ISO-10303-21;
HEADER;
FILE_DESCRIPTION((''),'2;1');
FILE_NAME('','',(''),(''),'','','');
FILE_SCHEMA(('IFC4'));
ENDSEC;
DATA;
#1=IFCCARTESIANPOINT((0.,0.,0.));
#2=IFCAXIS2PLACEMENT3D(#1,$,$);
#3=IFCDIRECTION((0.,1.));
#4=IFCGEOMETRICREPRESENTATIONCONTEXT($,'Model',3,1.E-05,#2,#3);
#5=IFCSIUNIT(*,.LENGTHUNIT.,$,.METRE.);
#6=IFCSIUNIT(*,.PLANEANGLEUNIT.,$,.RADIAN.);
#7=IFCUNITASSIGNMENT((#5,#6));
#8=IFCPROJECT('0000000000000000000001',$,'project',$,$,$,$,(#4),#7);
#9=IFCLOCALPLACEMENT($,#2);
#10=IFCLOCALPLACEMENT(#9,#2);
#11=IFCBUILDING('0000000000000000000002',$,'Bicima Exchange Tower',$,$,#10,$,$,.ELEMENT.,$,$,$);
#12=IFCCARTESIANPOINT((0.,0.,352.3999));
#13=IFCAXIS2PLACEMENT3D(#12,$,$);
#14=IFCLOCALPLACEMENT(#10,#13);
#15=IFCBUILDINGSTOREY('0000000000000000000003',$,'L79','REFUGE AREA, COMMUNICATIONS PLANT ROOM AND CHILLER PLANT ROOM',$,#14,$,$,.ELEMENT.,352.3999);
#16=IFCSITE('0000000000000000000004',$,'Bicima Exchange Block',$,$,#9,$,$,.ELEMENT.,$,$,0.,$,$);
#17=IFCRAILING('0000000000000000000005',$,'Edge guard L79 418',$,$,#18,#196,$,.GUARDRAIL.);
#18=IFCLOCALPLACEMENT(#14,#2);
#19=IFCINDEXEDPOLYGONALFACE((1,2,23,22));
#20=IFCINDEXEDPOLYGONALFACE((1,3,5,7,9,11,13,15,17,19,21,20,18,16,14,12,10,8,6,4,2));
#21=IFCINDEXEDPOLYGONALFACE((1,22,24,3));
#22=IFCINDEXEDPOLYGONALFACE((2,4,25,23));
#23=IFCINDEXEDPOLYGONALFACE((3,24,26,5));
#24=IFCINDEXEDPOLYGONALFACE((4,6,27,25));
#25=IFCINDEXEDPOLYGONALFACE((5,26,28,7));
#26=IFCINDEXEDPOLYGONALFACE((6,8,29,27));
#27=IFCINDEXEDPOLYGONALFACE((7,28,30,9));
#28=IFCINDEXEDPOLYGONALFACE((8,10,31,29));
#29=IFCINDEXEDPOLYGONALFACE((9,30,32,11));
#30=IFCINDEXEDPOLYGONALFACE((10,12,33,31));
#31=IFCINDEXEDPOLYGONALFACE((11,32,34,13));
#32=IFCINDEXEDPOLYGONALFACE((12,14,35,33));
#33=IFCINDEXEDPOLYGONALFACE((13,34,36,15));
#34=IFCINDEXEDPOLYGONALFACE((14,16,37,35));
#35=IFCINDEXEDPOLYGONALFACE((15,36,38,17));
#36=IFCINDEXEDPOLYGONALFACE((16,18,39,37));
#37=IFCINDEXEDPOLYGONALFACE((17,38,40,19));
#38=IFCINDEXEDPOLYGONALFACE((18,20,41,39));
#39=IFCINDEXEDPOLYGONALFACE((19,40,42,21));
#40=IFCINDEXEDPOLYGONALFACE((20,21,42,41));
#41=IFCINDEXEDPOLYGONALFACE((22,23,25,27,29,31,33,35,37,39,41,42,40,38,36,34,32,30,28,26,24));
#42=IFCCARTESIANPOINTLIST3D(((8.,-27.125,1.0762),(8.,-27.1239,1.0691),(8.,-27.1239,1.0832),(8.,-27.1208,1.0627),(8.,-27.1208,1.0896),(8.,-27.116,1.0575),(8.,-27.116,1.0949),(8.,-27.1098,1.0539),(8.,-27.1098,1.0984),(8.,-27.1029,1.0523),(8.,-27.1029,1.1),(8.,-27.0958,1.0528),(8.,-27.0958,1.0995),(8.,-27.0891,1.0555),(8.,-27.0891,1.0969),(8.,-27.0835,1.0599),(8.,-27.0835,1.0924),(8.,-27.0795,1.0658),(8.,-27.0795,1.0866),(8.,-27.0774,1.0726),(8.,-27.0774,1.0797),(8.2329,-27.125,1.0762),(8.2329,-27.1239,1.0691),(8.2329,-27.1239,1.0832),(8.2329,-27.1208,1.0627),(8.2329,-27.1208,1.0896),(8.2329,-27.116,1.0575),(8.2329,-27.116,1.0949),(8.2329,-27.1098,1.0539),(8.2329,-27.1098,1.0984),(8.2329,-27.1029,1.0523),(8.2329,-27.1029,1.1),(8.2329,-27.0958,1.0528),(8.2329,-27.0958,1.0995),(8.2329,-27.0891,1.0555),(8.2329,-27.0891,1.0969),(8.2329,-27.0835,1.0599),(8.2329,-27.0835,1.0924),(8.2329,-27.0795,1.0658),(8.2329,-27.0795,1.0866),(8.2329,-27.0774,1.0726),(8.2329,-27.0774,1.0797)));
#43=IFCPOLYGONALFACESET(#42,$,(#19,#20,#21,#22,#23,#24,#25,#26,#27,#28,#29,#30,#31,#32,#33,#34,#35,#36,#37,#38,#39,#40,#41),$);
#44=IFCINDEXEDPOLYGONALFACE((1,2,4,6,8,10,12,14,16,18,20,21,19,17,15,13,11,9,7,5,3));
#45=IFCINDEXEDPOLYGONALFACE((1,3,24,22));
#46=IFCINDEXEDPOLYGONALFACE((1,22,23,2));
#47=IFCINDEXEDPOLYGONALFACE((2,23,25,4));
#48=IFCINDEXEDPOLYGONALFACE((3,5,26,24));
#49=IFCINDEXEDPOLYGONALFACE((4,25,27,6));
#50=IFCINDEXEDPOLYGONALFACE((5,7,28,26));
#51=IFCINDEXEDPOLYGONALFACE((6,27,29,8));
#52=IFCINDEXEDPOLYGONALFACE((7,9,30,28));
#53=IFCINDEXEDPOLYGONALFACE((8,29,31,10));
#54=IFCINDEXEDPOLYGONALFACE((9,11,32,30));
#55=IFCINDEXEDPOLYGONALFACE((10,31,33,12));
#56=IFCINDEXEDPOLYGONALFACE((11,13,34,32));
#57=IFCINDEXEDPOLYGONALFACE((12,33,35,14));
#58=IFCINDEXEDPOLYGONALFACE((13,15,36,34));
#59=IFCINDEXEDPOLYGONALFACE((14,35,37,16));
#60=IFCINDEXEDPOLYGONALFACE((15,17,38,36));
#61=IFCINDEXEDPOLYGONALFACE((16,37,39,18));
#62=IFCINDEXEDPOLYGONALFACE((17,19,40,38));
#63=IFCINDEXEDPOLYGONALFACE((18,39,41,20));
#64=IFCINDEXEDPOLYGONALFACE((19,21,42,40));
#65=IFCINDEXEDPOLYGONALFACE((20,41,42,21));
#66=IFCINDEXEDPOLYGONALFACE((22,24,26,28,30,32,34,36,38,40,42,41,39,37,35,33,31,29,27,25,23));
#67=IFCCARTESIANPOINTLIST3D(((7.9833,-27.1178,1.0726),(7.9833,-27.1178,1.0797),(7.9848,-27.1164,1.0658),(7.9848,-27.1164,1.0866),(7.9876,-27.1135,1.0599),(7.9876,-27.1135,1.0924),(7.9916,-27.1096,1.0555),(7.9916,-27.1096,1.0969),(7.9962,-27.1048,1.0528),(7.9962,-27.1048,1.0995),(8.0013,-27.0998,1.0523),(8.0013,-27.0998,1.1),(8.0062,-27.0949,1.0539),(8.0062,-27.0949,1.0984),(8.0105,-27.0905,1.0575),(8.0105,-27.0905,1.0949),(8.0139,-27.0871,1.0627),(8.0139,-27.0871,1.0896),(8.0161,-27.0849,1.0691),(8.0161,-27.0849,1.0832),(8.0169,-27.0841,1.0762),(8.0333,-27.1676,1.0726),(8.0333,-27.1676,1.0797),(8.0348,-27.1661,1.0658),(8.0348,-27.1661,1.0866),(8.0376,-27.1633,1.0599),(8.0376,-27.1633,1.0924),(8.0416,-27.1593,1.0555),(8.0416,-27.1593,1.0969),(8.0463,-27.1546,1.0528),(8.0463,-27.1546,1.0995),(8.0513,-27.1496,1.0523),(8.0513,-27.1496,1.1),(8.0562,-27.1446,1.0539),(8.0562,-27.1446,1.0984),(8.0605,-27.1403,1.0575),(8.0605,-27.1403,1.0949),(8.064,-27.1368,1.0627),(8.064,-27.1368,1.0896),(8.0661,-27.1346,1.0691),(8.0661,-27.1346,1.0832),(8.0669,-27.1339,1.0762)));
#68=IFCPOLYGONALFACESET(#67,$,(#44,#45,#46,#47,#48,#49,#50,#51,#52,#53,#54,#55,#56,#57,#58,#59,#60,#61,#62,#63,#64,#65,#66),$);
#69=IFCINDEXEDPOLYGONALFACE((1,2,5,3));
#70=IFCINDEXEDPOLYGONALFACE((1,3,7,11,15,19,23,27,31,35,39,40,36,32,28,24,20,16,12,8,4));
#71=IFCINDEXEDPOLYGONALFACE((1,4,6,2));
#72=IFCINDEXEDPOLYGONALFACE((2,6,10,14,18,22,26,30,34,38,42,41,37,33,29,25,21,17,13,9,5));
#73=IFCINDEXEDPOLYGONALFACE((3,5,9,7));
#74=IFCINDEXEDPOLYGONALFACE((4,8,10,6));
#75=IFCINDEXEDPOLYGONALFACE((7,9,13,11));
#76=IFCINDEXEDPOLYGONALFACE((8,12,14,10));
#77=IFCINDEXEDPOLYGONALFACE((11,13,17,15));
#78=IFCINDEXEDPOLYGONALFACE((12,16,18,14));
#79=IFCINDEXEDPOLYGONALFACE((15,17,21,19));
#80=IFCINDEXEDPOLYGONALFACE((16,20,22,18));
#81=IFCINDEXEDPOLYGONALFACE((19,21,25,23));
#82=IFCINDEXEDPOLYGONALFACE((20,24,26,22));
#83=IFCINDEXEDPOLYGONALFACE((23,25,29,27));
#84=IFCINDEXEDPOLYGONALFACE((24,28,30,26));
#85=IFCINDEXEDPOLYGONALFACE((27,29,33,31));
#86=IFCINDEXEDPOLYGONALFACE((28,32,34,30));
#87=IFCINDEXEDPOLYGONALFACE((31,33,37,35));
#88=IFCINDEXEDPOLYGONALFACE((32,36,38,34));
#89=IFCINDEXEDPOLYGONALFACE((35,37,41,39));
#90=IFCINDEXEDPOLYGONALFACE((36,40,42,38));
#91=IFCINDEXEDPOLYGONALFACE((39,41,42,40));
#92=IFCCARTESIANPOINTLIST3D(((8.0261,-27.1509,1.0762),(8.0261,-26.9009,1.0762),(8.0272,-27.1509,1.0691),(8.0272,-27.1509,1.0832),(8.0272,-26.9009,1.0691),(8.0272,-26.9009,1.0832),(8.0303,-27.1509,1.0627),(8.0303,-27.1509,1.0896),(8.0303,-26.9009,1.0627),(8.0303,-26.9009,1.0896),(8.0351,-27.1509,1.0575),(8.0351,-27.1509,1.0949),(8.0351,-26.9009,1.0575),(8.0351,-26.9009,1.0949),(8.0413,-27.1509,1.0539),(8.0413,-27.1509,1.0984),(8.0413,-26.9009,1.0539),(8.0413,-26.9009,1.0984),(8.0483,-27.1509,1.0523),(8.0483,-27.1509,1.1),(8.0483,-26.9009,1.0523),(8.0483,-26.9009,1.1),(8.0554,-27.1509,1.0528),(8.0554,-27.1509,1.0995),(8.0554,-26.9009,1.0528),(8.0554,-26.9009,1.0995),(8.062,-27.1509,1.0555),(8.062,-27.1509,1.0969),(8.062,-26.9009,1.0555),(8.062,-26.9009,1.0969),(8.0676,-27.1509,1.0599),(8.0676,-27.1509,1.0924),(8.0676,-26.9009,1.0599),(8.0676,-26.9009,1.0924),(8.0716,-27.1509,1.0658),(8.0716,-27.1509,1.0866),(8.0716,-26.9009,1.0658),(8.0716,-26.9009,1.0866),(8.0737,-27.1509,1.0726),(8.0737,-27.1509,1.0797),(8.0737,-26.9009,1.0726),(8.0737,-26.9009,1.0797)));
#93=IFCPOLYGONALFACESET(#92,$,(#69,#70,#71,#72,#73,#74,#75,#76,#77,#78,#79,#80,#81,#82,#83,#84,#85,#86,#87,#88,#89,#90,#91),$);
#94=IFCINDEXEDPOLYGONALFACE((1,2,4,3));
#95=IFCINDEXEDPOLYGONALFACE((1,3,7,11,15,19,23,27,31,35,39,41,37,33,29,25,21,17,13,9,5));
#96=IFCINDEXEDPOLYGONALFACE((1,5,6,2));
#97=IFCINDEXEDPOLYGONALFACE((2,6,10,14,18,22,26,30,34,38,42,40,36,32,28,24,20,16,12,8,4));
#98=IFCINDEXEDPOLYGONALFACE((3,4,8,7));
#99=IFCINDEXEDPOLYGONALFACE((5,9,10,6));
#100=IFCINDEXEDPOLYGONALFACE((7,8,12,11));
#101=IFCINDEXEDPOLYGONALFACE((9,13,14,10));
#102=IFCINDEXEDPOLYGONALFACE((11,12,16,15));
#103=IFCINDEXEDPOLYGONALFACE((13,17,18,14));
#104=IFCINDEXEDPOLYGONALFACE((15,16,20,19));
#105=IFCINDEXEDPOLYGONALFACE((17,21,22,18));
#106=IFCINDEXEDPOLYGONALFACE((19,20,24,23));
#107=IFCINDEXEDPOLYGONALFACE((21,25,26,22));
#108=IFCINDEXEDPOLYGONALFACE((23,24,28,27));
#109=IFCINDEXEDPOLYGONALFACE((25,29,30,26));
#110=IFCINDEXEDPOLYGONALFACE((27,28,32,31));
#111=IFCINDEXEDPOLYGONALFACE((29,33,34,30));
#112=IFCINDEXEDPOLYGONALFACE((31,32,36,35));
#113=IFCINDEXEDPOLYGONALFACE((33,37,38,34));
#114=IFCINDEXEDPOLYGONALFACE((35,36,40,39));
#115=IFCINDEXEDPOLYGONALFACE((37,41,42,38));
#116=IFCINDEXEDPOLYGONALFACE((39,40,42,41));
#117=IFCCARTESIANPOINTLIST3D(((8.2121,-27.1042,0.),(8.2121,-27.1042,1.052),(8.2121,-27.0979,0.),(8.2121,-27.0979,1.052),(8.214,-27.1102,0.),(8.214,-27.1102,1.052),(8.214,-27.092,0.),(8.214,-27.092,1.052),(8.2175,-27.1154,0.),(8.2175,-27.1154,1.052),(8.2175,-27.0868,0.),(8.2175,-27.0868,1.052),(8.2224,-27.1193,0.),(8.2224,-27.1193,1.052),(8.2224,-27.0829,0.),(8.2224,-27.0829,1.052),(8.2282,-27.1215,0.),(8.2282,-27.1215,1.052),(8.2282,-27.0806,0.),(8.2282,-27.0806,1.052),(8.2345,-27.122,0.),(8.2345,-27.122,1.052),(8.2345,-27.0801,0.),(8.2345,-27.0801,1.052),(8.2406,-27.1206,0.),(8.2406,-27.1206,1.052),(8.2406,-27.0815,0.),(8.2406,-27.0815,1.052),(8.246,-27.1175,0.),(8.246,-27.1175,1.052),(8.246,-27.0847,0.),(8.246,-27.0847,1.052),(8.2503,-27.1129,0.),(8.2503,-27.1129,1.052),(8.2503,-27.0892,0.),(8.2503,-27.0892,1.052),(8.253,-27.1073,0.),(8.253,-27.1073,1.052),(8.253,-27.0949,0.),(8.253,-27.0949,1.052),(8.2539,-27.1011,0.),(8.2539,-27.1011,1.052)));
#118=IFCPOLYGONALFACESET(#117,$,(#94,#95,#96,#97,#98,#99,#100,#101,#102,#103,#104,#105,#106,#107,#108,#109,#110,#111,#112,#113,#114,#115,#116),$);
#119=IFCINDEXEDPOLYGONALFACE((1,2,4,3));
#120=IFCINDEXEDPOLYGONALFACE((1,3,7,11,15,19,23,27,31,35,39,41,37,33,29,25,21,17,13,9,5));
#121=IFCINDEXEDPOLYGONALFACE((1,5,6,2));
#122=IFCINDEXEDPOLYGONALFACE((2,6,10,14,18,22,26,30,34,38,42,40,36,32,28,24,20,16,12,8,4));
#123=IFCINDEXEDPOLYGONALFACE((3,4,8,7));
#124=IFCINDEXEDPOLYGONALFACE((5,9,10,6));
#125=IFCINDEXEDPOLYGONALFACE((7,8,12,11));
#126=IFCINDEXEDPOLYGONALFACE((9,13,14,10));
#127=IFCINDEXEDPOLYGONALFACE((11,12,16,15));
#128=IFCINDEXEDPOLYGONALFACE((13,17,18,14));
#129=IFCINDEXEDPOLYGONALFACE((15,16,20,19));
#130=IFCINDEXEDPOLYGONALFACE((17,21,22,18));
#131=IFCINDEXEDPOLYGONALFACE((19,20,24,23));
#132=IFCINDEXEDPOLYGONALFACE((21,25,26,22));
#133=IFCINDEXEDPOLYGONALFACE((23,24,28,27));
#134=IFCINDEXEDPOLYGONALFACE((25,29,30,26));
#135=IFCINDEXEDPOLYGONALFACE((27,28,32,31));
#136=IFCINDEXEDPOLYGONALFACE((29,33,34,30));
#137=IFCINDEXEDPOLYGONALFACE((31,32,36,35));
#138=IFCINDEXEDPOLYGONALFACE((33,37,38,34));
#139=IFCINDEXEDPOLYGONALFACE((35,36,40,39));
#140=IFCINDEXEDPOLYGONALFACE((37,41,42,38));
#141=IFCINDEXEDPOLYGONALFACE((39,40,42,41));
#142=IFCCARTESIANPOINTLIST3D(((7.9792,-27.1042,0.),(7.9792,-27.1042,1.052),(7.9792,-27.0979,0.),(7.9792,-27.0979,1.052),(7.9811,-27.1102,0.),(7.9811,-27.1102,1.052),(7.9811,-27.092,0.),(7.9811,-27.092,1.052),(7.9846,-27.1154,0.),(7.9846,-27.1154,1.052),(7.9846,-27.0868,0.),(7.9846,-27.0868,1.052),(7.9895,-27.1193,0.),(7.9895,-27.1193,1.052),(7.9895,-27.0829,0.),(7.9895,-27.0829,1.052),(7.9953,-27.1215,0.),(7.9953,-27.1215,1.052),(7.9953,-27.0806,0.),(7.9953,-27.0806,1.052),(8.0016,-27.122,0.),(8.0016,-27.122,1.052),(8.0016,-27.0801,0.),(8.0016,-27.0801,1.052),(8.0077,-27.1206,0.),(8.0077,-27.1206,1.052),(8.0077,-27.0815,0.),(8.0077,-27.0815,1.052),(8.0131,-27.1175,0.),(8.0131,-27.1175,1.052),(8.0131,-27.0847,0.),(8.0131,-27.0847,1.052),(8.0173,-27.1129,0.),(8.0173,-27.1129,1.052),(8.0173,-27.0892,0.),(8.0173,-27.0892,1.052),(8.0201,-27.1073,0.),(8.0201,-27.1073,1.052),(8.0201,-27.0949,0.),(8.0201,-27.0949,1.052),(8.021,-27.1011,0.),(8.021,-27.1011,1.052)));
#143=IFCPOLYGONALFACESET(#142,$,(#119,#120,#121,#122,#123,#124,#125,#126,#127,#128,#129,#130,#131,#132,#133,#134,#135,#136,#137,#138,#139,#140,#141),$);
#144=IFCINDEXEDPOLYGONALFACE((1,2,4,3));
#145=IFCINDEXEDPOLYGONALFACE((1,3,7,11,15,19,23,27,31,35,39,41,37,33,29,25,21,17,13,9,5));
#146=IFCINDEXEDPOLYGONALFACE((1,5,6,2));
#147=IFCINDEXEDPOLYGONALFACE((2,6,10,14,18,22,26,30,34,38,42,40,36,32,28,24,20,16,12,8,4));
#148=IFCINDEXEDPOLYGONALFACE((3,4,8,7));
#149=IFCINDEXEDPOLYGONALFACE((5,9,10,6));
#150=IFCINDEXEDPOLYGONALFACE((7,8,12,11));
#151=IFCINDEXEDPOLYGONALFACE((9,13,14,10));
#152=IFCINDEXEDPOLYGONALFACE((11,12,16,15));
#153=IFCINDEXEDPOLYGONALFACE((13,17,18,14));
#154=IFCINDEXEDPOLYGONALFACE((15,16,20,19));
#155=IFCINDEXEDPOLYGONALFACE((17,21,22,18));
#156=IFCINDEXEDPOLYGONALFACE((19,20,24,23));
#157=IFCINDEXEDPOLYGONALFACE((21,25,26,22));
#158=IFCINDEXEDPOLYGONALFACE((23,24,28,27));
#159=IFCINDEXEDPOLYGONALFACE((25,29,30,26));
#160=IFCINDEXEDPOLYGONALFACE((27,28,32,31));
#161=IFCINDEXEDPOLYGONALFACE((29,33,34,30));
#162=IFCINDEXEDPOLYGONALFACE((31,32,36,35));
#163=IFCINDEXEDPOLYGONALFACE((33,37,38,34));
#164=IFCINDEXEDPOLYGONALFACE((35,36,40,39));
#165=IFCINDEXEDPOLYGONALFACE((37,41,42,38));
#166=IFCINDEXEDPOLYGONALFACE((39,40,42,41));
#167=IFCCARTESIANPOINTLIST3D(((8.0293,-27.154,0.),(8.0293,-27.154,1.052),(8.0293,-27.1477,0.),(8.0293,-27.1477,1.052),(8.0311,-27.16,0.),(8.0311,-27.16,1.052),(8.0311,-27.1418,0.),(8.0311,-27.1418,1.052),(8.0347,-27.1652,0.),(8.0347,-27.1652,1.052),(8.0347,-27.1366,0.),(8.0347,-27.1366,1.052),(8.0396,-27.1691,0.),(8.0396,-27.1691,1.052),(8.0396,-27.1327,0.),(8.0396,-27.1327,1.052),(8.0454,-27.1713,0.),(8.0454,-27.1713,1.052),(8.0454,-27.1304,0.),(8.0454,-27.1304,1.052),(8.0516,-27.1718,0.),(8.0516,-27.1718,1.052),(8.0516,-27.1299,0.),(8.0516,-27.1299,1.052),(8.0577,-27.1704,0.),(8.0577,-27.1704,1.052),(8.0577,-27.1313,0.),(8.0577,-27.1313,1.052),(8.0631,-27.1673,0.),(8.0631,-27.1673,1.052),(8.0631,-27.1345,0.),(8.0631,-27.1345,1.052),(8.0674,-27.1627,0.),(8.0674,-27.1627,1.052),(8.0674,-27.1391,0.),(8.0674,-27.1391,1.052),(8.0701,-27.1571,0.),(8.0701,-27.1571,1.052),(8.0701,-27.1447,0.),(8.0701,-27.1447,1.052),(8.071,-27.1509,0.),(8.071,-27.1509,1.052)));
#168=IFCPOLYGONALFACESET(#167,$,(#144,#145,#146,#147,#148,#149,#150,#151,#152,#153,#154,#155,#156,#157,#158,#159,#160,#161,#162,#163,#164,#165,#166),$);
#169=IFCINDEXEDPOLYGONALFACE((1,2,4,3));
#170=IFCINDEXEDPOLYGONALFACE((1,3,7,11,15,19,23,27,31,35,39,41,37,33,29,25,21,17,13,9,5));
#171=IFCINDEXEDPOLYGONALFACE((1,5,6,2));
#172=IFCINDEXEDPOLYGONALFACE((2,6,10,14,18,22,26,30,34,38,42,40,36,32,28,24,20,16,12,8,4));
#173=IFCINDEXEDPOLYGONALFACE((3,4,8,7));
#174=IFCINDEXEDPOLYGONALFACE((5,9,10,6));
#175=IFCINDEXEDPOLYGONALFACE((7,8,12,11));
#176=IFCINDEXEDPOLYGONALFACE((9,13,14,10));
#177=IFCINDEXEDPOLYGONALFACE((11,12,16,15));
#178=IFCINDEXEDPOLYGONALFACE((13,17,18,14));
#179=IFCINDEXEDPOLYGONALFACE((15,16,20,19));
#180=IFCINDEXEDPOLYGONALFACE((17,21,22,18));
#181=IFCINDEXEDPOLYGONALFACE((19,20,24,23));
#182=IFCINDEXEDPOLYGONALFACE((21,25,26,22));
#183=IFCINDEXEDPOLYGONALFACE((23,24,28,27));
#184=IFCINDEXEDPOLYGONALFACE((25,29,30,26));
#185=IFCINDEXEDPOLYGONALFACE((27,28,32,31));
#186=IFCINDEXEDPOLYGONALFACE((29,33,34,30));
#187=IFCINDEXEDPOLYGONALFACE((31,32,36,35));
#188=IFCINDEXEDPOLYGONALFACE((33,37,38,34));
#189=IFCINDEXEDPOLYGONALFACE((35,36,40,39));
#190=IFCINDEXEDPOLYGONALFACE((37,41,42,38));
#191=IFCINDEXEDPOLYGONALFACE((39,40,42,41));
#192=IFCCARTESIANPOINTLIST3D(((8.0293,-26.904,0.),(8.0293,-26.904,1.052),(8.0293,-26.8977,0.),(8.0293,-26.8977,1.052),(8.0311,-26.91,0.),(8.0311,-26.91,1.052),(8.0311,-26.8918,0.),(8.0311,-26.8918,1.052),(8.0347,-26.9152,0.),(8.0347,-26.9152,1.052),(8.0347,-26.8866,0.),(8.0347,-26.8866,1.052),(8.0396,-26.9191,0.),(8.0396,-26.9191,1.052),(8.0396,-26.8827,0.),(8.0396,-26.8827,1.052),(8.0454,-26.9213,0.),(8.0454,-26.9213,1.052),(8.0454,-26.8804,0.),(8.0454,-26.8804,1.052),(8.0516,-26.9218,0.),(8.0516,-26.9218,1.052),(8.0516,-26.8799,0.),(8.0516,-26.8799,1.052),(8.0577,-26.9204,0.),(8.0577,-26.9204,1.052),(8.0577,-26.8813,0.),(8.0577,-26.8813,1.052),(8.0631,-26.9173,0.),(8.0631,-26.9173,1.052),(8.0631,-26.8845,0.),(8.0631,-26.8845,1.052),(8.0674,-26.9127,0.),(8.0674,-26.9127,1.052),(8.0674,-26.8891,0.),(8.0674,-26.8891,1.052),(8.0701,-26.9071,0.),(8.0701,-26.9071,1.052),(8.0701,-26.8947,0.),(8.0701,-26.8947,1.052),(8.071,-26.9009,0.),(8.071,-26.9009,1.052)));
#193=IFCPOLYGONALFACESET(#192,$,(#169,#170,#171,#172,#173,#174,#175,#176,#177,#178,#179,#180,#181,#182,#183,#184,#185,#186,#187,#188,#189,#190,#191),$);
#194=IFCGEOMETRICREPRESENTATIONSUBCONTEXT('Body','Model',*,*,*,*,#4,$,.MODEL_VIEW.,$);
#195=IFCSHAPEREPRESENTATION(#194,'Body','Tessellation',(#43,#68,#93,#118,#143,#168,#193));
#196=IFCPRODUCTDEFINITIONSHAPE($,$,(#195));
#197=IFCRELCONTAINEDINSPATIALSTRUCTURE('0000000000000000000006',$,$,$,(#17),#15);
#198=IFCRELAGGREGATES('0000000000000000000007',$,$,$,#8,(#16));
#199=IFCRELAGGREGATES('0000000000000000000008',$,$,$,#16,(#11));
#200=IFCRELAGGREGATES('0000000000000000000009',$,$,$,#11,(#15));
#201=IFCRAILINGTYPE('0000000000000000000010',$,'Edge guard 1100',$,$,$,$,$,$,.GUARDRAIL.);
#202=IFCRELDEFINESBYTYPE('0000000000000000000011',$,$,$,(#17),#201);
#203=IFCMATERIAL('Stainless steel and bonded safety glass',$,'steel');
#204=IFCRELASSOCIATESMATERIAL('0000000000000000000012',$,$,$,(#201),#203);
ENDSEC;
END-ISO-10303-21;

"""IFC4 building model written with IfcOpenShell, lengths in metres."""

from ifc_helpers import new_model, si_unit, direction, frame, origin, origin_2d, place, context, subcontext, project, spatial, circle, extrude, material, type_object, element, save


model = new_model("IFC4")

# Units and contexts
model_context = context("Model", 3, precision=1e-05, world=origin(), true_north=direction((0.0, 1.0)))
body_context = subcontext(model_context, "Body", "Model", "MODEL_VIEW")
ifc_project = project(units=[si_unit("LENGTHUNIT", "METRE"), si_unit("PLANEANGLEUNIT", "RADIAN")], contexts=[model_context])

# Site, building, storey
site_placement = place(None, origin())
site = spatial("IfcSite", under=ifc_project, at=site_placement, Name="Bicima Exchange Block", CompositionType="ELEMENT", RefElevation=0.0)
building_placement = place(site_placement, origin())
building = spatial("IfcBuilding", under=site, at=building_placement, Name="Bicima Exchange Tower", CompositionType="ELEMENT")
storey_placement = place(building_placement, frame((0.0, 0.0, 352.3999)))
storey = spatial("IfcBuildingStorey", under=building, at=storey_placement, Name="L79", Description="REFUGE AREA, COMMUNICATIONS PLANT ROOM AND CHILLER PLANT ROOM", CompositionType="ELEMENT", Elevation=352.3999)

# Railing
ifc_material_1 = material(Name="Stainless steel and bonded safety glass", Category="steel")
railing_type = type_object("IfcRailingType", Name="Edge guard 1100", PredefinedType="GUARDRAIL", material=ifc_material_1)
railing_1_placement = place(storey_placement, frame((8.2329, -27.1011, 0.0)))
element("IfcRailing", 1, at=railing_1_placement, inside=storey, type_object=railing_type, Name="Edge guard L79 418", PredefinedType="GUARDRAIL", context=body_context, shape_type="SweptSolid", body=[
    extrude(circle(Radius=0.0239, at=origin_2d()), frame((0.0, 0.0, 1.0762), z_axis=(-1.0, 0.0, 0.0), x_axis=(0.0, -1.0, 0.0)), (0.0, 0.0, 1.0), 0.2329),
    extrude(circle(Radius=0.0239, at=origin_2d()), frame((-0.2329, 0.0, 1.0762), z_axis=(0.708834, -0.705376, 0.0), x_axis=(0.705376, 0.708834, 0.0)), (0.0, 0.0, 1.0), 0.0706),
    extrude(circle(Radius=0.0239, at=origin_2d()), frame((-0.1829, -0.0498, 1.0762), z_axis=(0.0, 1.0, 0.0), x_axis=(-1.0, 0.0, 0.0)), (0.0, 0.0, 1.0), 0.25),
    extrude(circle(Radius=0.021, at=origin_2d()), origin(), (0.0, 0.0, 1.0), 1.052),
    extrude(circle(Radius=0.021, at=origin_2d()), frame((-0.2329, 0.0, 0.0)), (0.0, 0.0, 1.0), 1.052),
    extrude(circle(Radius=0.021, at=origin_2d()), frame((-0.1829, -0.0498, 0.0)), (0.0, 0.0, 1.0), 1.052),
    extrude(circle(Radius=0.021, at=origin_2d()), frame((-0.1829, 0.2002, 0.0)), (0.0, 0.0, 1.0), 1.052),
])

save(model, "model.ifc")
